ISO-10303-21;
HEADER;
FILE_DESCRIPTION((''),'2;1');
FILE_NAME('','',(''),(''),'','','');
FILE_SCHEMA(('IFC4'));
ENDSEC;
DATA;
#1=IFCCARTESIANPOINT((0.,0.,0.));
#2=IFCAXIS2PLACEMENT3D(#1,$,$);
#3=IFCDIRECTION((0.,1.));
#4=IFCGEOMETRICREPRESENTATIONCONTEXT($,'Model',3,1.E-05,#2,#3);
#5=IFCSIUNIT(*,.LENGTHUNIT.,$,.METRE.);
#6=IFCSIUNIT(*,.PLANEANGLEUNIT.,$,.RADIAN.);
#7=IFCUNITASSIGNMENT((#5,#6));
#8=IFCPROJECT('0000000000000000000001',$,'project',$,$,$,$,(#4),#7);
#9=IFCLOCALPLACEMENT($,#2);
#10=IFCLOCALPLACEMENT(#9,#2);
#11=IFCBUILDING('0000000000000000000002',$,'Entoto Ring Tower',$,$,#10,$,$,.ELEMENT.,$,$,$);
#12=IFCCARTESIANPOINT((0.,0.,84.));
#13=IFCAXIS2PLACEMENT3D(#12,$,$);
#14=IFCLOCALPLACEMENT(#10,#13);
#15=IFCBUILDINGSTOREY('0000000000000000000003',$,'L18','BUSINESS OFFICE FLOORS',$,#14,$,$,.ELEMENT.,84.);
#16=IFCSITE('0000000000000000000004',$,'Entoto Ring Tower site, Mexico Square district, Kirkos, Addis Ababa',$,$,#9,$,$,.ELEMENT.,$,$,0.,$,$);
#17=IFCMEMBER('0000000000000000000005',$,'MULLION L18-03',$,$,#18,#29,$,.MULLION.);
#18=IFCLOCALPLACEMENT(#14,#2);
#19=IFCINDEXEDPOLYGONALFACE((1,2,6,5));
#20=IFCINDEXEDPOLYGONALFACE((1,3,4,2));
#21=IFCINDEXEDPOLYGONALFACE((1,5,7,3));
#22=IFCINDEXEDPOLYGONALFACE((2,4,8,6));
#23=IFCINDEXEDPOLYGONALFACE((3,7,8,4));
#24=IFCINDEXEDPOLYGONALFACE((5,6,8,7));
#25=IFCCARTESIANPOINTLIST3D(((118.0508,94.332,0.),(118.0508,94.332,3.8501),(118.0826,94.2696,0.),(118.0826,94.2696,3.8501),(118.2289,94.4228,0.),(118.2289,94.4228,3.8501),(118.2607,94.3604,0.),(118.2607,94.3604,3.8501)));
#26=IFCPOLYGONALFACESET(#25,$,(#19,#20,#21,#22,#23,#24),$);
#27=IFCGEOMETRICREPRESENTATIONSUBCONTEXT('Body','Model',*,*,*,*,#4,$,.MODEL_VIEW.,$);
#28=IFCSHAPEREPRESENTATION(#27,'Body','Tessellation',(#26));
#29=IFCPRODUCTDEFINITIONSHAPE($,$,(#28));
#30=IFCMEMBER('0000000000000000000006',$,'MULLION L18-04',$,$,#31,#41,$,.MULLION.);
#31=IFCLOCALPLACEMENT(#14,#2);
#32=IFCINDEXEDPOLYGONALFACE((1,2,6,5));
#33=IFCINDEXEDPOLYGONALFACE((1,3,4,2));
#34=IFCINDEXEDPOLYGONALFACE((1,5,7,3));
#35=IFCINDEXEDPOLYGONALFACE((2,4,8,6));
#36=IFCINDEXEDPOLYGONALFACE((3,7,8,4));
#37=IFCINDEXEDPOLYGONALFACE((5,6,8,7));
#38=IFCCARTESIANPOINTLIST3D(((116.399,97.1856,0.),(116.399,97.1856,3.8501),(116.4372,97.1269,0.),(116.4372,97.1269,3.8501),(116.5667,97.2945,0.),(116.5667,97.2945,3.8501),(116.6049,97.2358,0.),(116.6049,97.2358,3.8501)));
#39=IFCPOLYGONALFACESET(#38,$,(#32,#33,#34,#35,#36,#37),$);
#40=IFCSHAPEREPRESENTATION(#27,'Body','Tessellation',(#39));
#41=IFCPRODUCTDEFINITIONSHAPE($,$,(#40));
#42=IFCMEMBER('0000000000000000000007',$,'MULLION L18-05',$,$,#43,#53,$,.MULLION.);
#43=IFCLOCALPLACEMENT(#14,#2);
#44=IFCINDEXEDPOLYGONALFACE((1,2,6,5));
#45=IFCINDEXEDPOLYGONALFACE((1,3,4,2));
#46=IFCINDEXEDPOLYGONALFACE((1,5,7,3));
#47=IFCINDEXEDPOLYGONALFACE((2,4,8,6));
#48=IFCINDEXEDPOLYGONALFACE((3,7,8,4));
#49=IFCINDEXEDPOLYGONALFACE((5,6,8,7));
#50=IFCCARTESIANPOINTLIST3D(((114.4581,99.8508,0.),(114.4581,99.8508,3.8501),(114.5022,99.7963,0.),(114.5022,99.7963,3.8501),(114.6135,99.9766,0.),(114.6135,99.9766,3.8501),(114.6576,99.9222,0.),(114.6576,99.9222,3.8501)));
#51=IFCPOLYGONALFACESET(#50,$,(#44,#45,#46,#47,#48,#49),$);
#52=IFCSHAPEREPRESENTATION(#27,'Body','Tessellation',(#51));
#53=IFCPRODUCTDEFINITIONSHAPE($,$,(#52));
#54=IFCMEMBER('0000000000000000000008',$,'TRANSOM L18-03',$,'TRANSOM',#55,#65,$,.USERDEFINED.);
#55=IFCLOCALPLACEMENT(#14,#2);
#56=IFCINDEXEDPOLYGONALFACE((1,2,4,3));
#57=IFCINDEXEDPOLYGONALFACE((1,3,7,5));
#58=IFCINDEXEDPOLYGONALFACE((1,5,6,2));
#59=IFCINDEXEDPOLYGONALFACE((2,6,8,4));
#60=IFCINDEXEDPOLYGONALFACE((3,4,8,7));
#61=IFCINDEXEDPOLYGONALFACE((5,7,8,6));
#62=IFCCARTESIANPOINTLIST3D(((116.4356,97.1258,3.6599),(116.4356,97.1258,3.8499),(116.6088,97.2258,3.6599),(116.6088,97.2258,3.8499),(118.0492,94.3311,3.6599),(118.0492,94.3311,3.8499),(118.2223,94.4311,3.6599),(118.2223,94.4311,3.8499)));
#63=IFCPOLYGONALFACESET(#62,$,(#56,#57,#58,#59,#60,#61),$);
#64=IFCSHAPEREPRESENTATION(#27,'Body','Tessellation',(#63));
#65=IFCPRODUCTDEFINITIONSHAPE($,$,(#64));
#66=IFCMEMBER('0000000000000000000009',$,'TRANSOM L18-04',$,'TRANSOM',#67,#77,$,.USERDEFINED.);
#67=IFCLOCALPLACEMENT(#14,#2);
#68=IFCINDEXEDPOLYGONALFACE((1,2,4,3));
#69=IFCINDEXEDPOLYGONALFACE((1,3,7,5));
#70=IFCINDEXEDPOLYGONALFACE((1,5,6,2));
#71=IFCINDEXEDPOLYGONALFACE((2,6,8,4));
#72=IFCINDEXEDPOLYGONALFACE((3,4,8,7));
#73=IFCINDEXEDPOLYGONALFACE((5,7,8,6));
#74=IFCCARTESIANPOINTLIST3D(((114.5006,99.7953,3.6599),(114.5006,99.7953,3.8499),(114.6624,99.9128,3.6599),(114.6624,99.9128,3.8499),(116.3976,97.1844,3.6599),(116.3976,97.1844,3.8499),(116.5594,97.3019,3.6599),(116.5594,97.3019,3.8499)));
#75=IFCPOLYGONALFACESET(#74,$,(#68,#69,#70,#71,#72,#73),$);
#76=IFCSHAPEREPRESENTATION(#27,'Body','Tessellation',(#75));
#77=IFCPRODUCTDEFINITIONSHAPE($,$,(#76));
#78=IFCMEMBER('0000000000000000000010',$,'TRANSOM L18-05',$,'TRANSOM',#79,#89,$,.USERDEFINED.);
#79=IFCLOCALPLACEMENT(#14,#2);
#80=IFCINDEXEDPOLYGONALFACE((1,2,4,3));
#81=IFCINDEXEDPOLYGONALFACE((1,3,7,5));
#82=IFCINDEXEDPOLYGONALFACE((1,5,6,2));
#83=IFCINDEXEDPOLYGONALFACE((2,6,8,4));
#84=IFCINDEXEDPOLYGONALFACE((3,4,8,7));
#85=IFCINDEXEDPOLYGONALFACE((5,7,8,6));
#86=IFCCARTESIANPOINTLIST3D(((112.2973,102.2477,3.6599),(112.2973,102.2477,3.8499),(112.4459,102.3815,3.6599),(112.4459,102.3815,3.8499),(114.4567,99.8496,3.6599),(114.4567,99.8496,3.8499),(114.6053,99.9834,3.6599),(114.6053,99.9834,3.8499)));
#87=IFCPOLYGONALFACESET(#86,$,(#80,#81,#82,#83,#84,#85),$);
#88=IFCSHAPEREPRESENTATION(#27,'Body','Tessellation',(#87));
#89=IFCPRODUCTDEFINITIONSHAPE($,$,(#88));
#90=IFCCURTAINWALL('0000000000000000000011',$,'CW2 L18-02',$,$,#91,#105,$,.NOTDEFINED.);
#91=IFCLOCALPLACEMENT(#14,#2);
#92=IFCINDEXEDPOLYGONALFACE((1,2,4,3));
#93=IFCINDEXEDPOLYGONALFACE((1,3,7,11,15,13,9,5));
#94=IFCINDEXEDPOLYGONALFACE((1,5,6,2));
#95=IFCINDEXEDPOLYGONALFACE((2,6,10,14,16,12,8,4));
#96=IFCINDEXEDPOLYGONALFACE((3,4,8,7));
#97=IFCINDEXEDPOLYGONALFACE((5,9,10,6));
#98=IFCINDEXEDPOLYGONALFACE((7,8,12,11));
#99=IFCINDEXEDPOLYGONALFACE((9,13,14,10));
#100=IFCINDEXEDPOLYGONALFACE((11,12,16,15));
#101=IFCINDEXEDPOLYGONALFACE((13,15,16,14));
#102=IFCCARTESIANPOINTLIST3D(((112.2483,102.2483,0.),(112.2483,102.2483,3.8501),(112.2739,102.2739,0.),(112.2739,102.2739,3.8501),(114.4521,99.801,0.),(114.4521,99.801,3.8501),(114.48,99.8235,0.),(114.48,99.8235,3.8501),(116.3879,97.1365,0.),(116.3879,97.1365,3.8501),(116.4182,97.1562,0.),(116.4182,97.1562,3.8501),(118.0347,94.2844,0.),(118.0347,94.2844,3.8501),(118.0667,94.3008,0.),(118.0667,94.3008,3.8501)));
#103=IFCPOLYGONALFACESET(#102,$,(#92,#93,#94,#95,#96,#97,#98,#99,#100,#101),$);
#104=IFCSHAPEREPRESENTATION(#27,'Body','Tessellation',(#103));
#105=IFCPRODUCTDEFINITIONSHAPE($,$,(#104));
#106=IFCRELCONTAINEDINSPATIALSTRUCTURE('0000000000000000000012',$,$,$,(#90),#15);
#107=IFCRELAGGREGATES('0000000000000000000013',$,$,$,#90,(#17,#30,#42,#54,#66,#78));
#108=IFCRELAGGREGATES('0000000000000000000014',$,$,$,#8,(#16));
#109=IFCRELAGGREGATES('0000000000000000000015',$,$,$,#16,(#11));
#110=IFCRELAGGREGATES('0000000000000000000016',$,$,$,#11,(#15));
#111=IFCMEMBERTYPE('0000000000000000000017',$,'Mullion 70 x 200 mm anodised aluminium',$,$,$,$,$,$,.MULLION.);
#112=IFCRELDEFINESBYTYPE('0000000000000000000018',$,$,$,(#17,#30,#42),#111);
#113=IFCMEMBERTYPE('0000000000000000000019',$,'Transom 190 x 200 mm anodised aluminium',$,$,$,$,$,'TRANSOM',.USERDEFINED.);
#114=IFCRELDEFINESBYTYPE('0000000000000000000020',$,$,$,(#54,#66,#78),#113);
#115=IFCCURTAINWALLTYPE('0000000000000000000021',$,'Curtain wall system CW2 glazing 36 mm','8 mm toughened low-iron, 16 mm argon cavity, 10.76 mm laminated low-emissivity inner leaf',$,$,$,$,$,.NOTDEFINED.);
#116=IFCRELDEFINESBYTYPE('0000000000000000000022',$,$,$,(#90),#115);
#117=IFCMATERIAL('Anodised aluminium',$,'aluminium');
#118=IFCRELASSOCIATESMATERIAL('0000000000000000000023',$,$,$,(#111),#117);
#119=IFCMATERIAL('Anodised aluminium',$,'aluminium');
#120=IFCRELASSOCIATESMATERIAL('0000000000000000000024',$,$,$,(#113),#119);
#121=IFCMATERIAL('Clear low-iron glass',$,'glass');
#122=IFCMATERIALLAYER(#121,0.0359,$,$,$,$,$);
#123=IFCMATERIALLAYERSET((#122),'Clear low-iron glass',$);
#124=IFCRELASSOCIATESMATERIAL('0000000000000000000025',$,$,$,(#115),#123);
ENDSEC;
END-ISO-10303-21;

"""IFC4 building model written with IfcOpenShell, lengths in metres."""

from ifc_helpers import new_model, si_unit, direction, frame, origin, origin_2d, place, context, subcontext, project, spatial, polyline, rectangle, outline, extrude, material, layer, layer_set, material_profile, profile_set, type_object, element, aggregate, save


model = new_model("IFC4")

# Units and contexts
model_context = context("Model", 3, precision=1e-05, world=origin(), true_north=direction((0.0, 1.0)))
body_context = subcontext(model_context, "Body", "Model", "MODEL_VIEW")
ifc_project = project(units=[si_unit("LENGTHUNIT", "METRE"), si_unit("PLANEANGLEUNIT", "RADIAN")], contexts=[model_context])

# Members
ifc_material_1 = material(Name="Anodised aluminium", Category="aluminium")
ifc_material_profile_1 = material_profile(ifc_material_1, rectangle(XDim=0.0701, YDim=0.2, at=origin_2d()), Name="Mullion 70 x 200 mm anodised aluminium")
ifc_profile_set_1 = profile_set([ifc_material_profile_1], Name="Anodised aluminium")
member_type_1 = type_object("IfcMemberType", Name="Mullion 70 x 200 mm anodised aluminium", PredefinedType="MULLION", material=ifc_profile_set_1)
site_placement = place(None, origin())
building_placement = place(site_placement, origin())
storey_placement = place(building_placement, frame((0.0, 0.0, 84.0)))
member_1_placement = place(storey_placement, frame((118.1558, 94.3462, 0.0), z_axis=(0.0, 0.0, 1.0), x_axis=(-0.45399, 0.891007, 0.0)))
member_1 = element("IfcMember", 1, at=member_1_placement, type_object=member_type_1, Name="MULLION L18-03", PredefinedType="MULLION", context=body_context, shape_type="SweptSolid", body=[
    extrude(rectangle(XDim=0.0701, YDim=0.2, at=origin_2d()), origin(), (0.0, 0.0, 1.0), 3.8501),
])
member_2_placement = place(storey_placement, frame((116.502, 97.2107, 0.0), z_axis=(0.0, 0.0, 1.0), x_axis=(-0.544639, 0.838671, 0.0)))
member_2 = element("IfcMember", 2, at=member_2_placement, type_object=member_type_1, Name="MULLION L18-04", PredefinedType="MULLION", context=body_context, shape_type="SweptSolid", body=[
    extrude(rectangle(XDim=0.0701, YDim=0.2, at=origin_2d()), origin(), (0.0, 0.0, 1.0), 3.8501),
])
member_3_placement = place(storey_placement, frame((114.5579, 99.8865, 0.0), z_axis=(0.0, 0.0, 1.0), x_axis=(-0.62932, 0.777146, 0.0)))
member_3 = element("IfcMember", 3, at=member_3_placement, type_object=member_type_1, Name="MULLION L18-05", PredefinedType="MULLION", context=body_context, shape_type="SweptSolid", body=[
    extrude(rectangle(XDim=0.0701, YDim=0.2, at=origin_2d()), origin(), (0.0, 0.0, 1.0), 3.8501),
])
ifc_material_2 = material(Name="Anodised aluminium", Category="aluminium")
ifc_material_profile_2 = material_profile(ifc_material_2, rectangle(XDim=0.2, YDim=0.1899, at=origin_2d()), Name="Transom 190 x 200 mm anodised aluminium")
ifc_profile_set_2 = profile_set([ifc_material_profile_2], Name="Anodised aluminium")
member_type_2 = type_object("IfcMemberType", Name="Transom 190 x 200 mm anodised aluminium", ElementType="TRANSOM", PredefinedType="USERDEFINED", material=ifc_profile_set_2)
member_4_placement = place(storey_placement, frame((118.1357, 94.3811, 3.7549), z_axis=(-0.500004, 0.866023, 0.0), x_axis=(-0.866023, -0.500004, 0.0)))
member_4 = element("IfcMember", 4, at=member_4_placement, type_object=member_type_2, Name="TRANSOM L18-03", ObjectType="TRANSOM", PredefinedType="USERDEFINED", context=body_context, shape_type="SweptSolid", body=[
    extrude(rectangle(XDim=0.2, YDim=0.1899, at=origin_2d()), origin(), (0.0, 0.0, 1.0), 3.2271),
])
member_5_placement = place(storey_placement, frame((116.4785, 97.2432, 3.7549), z_axis=(-0.587803, 0.809004, 0.0), x_axis=(-0.809004, -0.587803, 0.0)))
member_5 = element("IfcMember", 5, at=member_5_placement, type_object=member_type_2, Name="TRANSOM L18-04", ObjectType="TRANSOM", PredefinedType="USERDEFINED", context=body_context, shape_type="SweptSolid", body=[
    extrude(rectangle(XDim=0.2, YDim=0.1899, at=origin_2d()), origin(), (0.0, 0.0, 1.0), 3.2273),
])
member_6_placement = place(storey_placement, frame((114.531, 99.9165, 3.7549), z_axis=(-0.669144, 0.743132, 0.0), x_axis=(-0.743132, -0.669144, 0.0)))
member_6 = element("IfcMember", 6, at=member_6_placement, type_object=member_type_2, Name="TRANSOM L18-05", ObjectType="TRANSOM", PredefinedType="USERDEFINED", context=body_context, shape_type="SweptSolid", body=[
    extrude(rectangle(XDim=0.2, YDim=0.1899, at=origin_2d()), origin(), (0.0, 0.0, 1.0), 3.2271),
])

# Site, building, storey
site = spatial("IfcSite", under=ifc_project, at=site_placement, Name="Entoto Ring Tower site, Mexico Square district, Kirkos, Addis Ababa", CompositionType="ELEMENT", RefElevation=0.0)
building = spatial("IfcBuilding", under=site, at=building_placement, Name="Entoto Ring Tower", CompositionType="ELEMENT")
storey = spatial("IfcBuildingStorey", under=building, at=storey_placement, Name="L18", Description="BUSINESS OFFICE FLOORS", CompositionType="ELEMENT", Elevation=84.0)

# Curtain wall
ifc_material_3 = material(Name="Clear low-iron glass", Category="glass")
ifc_layer_1 = layer(ifc_material_3, 0.0359)
ifc_layer_set_1 = layer_set([ifc_layer_1], Name="Clear low-iron glass")
curtain_wall_type = type_object("IfcCurtainWallType", Name="Curtain wall system CW2 glazing 36 mm", Description="8 mm toughened low-iron, 16 mm argon cavity, 10.76 mm laminated low-emissivity inner leaf", PredefinedType="NOTDEFINED", material=ifc_layer_set_1)
curtain_wall_1_placement = place(storey_placement, origin())
curtain_wall_1 = element("IfcCurtainWall", 7, at=curtain_wall_1_placement, inside=storey, type_object=curtain_wall_type, Name="CW2 L18-02", PredefinedType="NOTDEFINED", context=body_context, shape_type="SweptSolid", body=[
    extrude(outline(polyline([(118.0667, 94.3008), (116.4182, 97.1562), (114.48, 99.8235), (112.2739, 102.2739), (112.2483, 102.2483), (114.4521, 99.801), (116.3879, 97.1365), (118.0347, 94.2844), (118.0667, 94.3008)])), origin(), (0.0, 0.0, 1.0), 3.8501),
])
aggregate(curtain_wall_1, [member_1, member_2, member_3, member_4, member_5, member_6])

save(model, "model.ifc")
